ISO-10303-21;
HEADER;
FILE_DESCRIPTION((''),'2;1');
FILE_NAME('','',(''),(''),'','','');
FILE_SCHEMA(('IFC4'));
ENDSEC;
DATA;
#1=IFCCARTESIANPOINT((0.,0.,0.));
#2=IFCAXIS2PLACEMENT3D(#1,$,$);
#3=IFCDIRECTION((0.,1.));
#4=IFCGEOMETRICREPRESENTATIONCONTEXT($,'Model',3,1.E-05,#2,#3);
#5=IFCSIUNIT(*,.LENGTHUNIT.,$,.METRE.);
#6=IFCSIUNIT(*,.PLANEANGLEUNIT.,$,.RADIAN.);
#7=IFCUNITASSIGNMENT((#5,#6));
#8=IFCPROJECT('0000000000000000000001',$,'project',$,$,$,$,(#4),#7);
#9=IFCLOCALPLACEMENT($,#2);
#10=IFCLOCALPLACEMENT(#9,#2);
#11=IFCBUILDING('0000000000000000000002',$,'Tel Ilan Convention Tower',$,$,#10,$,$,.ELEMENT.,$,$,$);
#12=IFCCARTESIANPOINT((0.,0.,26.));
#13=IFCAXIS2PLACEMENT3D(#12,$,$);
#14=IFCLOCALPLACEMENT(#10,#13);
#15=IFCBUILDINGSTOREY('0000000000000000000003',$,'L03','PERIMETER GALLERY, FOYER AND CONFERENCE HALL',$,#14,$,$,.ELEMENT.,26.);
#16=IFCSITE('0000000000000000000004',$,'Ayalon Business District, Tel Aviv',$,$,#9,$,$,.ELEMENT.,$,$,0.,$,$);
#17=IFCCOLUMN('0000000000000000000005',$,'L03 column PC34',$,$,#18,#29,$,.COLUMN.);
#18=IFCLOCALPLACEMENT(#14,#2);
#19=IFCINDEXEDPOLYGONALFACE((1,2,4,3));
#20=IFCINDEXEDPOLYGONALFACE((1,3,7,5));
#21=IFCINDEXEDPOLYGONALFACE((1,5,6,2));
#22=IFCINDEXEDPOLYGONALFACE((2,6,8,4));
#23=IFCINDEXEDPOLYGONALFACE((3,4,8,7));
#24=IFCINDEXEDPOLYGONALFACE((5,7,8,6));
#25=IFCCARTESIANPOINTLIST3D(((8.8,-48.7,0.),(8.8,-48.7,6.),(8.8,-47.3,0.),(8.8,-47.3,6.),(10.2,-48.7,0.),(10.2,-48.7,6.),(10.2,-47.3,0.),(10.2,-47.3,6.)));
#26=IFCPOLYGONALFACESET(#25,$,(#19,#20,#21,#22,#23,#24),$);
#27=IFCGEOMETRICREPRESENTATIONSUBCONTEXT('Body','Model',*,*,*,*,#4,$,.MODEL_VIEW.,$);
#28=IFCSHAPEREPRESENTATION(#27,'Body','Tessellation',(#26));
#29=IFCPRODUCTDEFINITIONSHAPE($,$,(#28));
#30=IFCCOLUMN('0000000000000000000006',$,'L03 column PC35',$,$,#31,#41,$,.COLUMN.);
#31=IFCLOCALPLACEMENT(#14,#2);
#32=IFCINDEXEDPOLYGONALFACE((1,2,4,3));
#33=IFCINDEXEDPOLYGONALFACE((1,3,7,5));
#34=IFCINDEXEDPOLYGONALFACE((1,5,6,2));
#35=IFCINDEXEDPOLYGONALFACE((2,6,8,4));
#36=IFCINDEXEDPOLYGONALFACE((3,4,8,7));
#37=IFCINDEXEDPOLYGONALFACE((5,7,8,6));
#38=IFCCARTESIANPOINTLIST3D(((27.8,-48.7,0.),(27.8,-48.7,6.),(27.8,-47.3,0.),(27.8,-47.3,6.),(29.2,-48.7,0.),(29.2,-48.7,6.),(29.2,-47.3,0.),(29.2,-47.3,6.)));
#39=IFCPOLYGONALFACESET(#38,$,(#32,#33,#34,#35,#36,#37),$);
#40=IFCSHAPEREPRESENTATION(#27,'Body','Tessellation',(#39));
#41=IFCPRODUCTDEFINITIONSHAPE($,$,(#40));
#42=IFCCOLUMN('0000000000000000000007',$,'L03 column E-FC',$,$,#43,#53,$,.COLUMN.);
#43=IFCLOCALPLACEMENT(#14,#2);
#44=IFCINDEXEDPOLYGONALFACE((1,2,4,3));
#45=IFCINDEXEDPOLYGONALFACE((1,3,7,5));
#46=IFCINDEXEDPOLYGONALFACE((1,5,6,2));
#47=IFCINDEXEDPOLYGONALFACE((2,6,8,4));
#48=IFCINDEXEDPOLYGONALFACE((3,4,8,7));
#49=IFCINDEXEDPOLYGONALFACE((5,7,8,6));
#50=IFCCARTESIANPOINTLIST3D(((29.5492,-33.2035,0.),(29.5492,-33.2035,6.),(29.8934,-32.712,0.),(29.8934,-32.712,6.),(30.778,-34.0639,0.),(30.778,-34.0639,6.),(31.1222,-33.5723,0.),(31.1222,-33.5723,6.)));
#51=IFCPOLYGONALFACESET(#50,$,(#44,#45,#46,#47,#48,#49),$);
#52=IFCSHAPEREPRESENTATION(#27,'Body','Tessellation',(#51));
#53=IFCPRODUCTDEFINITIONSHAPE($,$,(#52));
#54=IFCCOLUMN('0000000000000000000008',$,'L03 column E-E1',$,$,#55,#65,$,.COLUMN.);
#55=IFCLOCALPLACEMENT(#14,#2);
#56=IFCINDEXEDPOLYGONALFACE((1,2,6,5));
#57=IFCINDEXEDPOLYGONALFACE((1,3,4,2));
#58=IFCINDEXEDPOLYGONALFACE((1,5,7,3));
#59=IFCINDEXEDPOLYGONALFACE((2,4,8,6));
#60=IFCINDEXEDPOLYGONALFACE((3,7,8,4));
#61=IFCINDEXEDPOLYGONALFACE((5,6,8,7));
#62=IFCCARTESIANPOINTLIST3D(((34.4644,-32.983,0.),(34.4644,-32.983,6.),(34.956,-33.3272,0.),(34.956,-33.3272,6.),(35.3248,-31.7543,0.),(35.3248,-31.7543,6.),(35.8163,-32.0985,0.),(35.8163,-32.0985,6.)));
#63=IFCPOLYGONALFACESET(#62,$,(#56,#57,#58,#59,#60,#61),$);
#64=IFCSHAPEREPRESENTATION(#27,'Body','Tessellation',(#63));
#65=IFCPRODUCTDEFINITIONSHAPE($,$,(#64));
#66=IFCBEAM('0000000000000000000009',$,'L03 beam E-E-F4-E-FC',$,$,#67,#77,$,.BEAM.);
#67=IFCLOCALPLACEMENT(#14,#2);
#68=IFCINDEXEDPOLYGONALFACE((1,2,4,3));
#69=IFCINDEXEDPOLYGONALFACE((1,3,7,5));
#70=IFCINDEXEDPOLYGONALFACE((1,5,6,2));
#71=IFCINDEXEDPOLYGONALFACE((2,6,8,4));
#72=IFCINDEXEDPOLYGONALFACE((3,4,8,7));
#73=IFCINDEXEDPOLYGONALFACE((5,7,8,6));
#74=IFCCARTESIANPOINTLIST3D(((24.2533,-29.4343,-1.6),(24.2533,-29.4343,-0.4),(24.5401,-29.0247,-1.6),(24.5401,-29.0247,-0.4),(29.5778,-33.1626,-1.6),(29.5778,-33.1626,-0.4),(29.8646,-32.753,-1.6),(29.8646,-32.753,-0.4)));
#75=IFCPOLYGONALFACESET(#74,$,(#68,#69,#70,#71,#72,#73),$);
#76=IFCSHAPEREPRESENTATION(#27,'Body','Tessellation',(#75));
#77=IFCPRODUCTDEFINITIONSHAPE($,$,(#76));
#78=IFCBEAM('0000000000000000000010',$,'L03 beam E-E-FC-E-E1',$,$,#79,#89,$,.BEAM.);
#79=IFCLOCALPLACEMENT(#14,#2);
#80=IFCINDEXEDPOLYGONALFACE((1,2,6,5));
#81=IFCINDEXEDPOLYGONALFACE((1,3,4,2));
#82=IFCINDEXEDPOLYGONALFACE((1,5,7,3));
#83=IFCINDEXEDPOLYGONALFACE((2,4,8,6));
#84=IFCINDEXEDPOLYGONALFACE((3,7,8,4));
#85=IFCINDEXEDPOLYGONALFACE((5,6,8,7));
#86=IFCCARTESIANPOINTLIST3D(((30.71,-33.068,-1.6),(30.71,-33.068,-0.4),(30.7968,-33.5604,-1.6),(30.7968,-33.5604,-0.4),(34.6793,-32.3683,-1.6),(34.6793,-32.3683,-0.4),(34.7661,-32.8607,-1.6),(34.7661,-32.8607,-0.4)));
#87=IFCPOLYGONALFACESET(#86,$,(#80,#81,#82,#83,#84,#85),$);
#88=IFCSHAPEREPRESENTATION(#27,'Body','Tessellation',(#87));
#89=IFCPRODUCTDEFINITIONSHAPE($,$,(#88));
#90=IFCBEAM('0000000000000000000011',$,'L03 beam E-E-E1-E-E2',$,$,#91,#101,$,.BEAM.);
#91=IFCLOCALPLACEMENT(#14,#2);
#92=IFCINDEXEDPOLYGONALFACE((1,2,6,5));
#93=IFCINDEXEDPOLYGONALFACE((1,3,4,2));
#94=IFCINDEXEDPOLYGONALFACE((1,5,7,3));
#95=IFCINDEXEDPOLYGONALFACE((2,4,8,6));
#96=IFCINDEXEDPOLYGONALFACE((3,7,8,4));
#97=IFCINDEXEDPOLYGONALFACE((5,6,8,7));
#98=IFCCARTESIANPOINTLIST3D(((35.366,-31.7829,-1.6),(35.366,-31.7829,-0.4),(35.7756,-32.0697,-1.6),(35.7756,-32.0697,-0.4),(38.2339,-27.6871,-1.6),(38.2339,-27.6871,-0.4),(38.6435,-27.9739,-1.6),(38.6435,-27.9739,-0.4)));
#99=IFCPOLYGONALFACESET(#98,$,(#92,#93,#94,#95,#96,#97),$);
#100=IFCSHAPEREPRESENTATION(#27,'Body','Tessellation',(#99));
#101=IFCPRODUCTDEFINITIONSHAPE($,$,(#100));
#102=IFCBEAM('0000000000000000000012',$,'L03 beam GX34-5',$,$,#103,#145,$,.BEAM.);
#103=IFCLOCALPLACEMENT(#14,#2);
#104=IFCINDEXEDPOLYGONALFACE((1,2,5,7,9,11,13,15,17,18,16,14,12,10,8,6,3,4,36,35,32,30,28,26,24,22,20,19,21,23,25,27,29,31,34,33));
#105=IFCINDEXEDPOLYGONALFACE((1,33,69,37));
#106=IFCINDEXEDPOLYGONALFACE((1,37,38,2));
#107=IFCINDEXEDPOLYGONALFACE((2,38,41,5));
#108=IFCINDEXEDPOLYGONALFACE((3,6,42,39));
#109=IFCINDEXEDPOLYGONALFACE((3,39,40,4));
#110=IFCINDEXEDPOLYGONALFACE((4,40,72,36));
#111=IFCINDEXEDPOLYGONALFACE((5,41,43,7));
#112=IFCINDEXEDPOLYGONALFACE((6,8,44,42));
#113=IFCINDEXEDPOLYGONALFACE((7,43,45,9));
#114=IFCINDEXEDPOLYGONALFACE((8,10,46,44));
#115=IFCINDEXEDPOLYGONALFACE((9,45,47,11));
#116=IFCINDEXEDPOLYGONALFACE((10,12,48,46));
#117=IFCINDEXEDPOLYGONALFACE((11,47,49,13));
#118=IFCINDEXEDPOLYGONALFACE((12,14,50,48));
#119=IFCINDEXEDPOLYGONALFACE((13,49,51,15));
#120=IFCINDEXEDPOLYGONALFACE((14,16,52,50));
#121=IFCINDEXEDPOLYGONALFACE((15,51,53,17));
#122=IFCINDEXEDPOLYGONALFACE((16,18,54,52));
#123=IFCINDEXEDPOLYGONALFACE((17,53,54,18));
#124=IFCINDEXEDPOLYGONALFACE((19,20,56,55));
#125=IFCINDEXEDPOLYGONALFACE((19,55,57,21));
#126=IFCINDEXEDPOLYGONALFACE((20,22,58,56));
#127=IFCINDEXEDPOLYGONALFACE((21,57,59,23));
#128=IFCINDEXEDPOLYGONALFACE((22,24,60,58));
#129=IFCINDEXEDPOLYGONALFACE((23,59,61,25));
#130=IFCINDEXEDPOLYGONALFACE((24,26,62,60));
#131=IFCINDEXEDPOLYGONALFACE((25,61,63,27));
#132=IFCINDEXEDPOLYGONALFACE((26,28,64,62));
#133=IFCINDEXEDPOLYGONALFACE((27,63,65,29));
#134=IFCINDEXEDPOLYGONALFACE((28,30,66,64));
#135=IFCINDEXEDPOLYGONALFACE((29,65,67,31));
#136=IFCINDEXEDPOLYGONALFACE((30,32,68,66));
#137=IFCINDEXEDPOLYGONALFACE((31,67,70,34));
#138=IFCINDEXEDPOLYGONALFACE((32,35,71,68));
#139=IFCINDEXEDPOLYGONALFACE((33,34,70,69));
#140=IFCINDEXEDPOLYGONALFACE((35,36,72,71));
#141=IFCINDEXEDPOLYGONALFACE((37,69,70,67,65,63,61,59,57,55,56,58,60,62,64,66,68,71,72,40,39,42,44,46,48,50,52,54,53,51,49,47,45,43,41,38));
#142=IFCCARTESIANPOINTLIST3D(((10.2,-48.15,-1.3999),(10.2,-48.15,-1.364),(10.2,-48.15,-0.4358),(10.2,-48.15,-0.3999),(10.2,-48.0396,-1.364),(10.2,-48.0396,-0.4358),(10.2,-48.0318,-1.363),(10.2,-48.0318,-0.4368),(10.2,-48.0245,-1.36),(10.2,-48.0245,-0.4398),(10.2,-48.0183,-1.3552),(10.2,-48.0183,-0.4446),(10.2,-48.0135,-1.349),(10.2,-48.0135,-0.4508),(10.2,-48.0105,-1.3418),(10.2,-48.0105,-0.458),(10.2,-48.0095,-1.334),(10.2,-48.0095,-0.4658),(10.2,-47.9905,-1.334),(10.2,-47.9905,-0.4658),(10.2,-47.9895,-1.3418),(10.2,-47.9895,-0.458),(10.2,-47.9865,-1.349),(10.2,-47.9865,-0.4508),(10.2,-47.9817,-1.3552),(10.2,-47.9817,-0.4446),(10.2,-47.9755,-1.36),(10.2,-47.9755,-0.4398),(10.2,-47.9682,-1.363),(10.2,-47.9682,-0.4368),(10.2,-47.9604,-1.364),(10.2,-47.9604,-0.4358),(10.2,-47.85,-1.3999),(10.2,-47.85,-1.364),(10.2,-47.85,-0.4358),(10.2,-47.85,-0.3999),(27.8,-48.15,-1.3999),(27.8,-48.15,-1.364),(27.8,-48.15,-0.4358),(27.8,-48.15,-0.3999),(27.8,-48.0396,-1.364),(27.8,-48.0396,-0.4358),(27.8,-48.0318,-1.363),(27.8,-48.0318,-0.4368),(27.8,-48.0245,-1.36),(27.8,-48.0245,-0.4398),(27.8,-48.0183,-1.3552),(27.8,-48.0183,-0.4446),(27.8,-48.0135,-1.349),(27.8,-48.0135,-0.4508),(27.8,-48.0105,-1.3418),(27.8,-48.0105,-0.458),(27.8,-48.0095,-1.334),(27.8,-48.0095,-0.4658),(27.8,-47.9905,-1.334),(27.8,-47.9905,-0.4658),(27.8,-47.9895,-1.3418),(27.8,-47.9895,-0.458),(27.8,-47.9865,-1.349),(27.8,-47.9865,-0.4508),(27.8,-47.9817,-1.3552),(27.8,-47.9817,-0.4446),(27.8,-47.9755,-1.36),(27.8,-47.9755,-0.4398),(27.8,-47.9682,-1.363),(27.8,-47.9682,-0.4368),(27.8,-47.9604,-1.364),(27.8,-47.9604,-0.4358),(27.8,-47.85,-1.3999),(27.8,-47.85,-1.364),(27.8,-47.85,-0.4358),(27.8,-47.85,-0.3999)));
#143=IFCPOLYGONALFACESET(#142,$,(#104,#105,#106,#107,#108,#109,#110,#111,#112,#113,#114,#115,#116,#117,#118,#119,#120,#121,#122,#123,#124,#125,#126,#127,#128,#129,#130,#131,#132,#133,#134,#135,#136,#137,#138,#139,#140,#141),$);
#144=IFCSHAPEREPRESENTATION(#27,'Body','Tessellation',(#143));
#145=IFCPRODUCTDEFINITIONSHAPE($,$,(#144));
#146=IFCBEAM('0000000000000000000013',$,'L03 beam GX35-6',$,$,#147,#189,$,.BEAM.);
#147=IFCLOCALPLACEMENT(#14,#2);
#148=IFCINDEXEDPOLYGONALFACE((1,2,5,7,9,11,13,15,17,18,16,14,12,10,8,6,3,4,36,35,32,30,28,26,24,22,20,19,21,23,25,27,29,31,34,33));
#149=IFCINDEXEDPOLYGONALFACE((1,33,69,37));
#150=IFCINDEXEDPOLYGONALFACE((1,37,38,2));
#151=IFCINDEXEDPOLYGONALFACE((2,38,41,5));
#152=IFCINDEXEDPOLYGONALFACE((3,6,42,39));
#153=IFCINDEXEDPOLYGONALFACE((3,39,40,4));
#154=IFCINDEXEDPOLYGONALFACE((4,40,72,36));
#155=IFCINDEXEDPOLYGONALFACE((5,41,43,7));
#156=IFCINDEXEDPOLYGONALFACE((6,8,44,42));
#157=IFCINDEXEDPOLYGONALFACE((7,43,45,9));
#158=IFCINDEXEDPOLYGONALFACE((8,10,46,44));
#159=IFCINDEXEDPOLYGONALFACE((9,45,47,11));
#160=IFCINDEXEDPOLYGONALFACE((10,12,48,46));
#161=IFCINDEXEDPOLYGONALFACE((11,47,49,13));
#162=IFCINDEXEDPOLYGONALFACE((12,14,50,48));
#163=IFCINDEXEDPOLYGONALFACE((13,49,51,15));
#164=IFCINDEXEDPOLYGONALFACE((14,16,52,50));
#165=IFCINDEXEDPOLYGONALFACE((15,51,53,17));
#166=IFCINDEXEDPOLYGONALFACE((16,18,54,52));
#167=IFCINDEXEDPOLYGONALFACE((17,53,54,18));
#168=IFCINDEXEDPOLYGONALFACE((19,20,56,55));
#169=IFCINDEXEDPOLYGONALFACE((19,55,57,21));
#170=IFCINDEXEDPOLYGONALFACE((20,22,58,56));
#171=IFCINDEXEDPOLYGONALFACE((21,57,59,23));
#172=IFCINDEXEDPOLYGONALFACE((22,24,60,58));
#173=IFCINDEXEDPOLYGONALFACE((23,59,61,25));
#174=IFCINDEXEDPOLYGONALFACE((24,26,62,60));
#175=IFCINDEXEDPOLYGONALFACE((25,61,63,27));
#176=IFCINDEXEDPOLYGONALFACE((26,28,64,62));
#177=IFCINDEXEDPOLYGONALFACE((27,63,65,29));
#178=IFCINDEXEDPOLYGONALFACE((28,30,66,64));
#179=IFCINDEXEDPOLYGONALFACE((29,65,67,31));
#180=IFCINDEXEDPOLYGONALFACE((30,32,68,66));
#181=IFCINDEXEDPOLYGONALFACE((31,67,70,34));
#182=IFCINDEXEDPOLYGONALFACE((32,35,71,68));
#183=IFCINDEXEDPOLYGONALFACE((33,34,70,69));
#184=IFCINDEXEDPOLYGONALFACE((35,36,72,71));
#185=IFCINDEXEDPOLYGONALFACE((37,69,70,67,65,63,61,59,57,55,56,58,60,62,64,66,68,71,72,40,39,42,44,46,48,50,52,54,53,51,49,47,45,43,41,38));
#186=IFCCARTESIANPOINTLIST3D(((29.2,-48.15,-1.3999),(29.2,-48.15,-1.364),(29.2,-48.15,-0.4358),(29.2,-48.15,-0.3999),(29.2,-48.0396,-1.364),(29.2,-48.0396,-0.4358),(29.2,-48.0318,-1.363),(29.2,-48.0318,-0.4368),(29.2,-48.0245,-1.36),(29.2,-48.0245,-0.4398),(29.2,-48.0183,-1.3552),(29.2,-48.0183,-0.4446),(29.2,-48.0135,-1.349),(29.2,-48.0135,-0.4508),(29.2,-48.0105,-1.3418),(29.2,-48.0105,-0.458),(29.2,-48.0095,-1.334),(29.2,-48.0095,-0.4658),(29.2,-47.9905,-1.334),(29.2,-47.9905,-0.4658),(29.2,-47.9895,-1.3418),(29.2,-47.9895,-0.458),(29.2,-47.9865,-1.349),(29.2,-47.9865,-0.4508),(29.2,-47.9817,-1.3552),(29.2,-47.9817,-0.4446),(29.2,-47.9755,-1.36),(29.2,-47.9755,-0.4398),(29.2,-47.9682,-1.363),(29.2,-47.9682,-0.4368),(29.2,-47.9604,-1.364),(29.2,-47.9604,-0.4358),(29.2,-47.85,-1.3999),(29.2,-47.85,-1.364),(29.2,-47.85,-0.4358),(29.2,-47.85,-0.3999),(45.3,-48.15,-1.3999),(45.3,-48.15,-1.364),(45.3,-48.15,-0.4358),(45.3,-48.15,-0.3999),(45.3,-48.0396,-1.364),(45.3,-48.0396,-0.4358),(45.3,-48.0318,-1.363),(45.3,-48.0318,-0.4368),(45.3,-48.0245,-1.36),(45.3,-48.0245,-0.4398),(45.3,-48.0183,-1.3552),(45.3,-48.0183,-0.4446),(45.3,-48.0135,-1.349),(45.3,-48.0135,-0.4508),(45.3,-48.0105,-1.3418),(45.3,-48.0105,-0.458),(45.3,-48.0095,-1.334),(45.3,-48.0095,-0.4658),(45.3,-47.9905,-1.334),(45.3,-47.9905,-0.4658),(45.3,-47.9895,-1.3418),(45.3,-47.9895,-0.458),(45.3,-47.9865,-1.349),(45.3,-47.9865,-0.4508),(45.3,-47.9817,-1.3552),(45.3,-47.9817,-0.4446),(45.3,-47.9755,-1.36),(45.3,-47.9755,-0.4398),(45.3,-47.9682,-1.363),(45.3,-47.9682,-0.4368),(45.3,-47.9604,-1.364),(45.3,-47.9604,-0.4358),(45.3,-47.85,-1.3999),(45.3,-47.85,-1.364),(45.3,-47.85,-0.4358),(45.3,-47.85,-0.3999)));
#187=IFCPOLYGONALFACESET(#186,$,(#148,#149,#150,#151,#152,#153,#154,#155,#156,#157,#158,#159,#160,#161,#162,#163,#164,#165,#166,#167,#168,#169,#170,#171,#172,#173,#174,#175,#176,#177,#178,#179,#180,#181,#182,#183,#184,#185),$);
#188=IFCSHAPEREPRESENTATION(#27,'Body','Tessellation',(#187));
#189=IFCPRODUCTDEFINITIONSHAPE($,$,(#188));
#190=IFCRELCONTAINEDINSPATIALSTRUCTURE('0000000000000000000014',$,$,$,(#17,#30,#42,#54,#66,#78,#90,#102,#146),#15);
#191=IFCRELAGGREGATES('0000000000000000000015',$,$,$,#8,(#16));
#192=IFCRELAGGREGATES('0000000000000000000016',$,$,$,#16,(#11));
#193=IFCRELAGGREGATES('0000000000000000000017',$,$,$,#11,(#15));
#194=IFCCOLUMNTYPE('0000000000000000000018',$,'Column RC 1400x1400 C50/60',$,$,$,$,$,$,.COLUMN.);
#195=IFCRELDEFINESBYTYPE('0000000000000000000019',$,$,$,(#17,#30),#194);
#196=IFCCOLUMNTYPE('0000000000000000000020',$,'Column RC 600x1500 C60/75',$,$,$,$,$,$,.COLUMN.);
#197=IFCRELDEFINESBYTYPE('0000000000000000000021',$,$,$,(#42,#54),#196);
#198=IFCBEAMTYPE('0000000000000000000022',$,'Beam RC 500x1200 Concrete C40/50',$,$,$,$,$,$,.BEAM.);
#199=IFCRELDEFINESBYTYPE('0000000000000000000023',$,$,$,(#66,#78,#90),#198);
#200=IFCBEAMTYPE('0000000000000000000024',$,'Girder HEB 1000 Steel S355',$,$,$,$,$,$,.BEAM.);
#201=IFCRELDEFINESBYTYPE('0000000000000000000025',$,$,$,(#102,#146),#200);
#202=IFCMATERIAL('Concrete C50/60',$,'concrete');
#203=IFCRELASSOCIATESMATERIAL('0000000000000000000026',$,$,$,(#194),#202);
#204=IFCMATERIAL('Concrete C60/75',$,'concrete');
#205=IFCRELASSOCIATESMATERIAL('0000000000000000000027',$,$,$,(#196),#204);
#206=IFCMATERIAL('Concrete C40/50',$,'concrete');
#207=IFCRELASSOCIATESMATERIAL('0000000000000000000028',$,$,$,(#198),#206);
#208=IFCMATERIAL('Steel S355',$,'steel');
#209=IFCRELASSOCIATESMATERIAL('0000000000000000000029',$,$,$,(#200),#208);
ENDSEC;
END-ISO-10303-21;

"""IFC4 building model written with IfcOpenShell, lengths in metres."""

from ifc_helpers import new_model, si_unit, direction, frame, origin, origin_2d, place, context, subcontext, project, spatial, rectangle, i_section, extrude, material, material_profile, profile_set, type_object, element, save


model = new_model("IFC4")

# Units and contexts
model_context = context("Model", 3, precision=1e-05, world=origin(), true_north=direction((0.0, 1.0)))
body_context = subcontext(model_context, "Body", "Model", "MODEL_VIEW")
ifc_project = project(units=[si_unit("LENGTHUNIT", "METRE"), si_unit("PLANEANGLEUNIT", "RADIAN")], contexts=[model_context])

# Site, building, storey
site_placement = place(None, origin())
site = spatial("IfcSite", under=ifc_project, at=site_placement, Name="Ayalon Business District, Tel Aviv", CompositionType="ELEMENT", RefElevation=0.0)
building_placement = place(site_placement, origin())
building = spatial("IfcBuilding", under=site, at=building_placement, Name="Tel Ilan Convention Tower", CompositionType="ELEMENT")
storey_placement = place(building_placement, frame((0.0, 0.0, 26.0)))
storey = spatial("IfcBuildingStorey", under=building, at=storey_placement, Name="L03", Description="PERIMETER GALLERY, FOYER AND CONFERENCE HALL", CompositionType="ELEMENT", Elevation=26.0)

# Columns
ifc_material_1 = material(Name="Concrete C50/60", Category="concrete")
ifc_material_profile_1 = material_profile(ifc_material_1, rectangle(XDim=1.3999, YDim=1.3999, at=origin_2d()), Name="RC 1400x1400")
ifc_profile_set_1 = profile_set([ifc_material_profile_1], Name="Concrete C50/60")
column_type_1 = type_object("IfcColumnType", Name="Column RC 1400x1400 C50/60", PredefinedType="COLUMN", material=ifc_profile_set_1)
for number, where, z_axis, x_axis, name in (
    (1, (9.5, -48.0, 0.0), (0.0, 0.0, 1.0), (1.0, 0.0, 0.0), "L03 column PC34"),
    (2, (28.5, -48.0, 0.0), (0.0, 0.0, 1.0), (1.0, 0.0, 0.0), "L03 column PC35"),
):
    element("IfcColumn", number, at=place(storey_placement, frame(where, z_axis=z_axis, x_axis=x_axis)), inside=storey, type_object=column_type_1, Name=name, PredefinedType="COLUMN", context=body_context, shape_type="SweptSolid", body=[
        extrude(rectangle(XDim=1.3999, YDim=1.3999, at=origin_2d()), origin(), (0.0, 0.0, 1.0), 6.0),
    ])
ifc_material_2 = material(Name="Concrete C60/75", Category="concrete")
ifc_material_profile_2 = material_profile(ifc_material_2, rectangle(XDim=1.5, YDim=0.6001, at=origin_2d()), Name="RC 600x1500")
ifc_profile_set_2 = profile_set([ifc_material_profile_2], Name="Concrete C60/75")
column_type_2 = type_object("IfcColumnType", Name="Column RC 600x1500 C60/75", PredefinedType="COLUMN", material=ifc_profile_set_2)
for number, where, z_axis, x_axis, name in (
    (3, (30.3357, -33.3879, 0.0), (0.0, 0.0, 1.0), (0.819152, -0.573576, 0.0), "L03 column E-FC"),
    (4, (35.1404, -32.5408, 0.0), (0.0, 0.0, 1.0), (0.573576, 0.819152, 0.0), "L03 column E-E1"),
):
    element("IfcColumn", number, at=place(storey_placement, frame(where, z_axis=z_axis, x_axis=x_axis)), inside=storey, type_object=column_type_2, Name=name, PredefinedType="COLUMN", context=body_context, shape_type="SweptSolid", body=[
        extrude(rectangle(XDim=1.5, YDim=0.6001, at=origin_2d()), origin(), (0.0, 0.0, 1.0), 6.0),
    ])

# Beams
ifc_material_3 = material(Name="Concrete C40/50", Category="concrete")
ifc_material_profile_3 = material_profile(ifc_material_3, rectangle(XDim=0.5, YDim=1.2, at=origin_2d()), Name="RC 500x1200")
ifc_profile_set_3 = profile_set([ifc_material_profile_3], Name="Concrete C40/50")
beam_type_1 = type_object("IfcBeamType", Name="Beam RC 500x1200 Concrete C40/50", PredefinedType="BEAM", material=ifc_profile_set_3)
beam_1_placement = place(storey_placement, frame((24.3967, -29.2295, -1.0), z_axis=(0.819149, -0.573581, 0.0), x_axis=(0.573581, 0.819149, 0.0)))
element("IfcBeam", 5, at=beam_1_placement, inside=storey, type_object=beam_type_1, Name="L03 beam E-E-F4-E-FC", PredefinedType="BEAM", context=body_context, shape_type="SweptSolid", body=[
    extrude(rectangle(XDim=0.5, YDim=1.2, at=origin_2d()), origin(), (0.0, 0.0, 1.0), 6.5),
])
beam_2_placement = place(storey_placement, frame((30.7534, -33.3142, -1.0), z_axis=(0.984815, 0.173606, 0.0), x_axis=(-0.173606, 0.984815, 0.0)))
element("IfcBeam", 6, at=beam_2_placement, inside=storey, type_object=beam_type_1, Name="L03 beam E-E-FC-E-E1", PredefinedType="BEAM", context=body_context, shape_type="SweptSolid", body=[
    extrude(rectangle(XDim=0.5, YDim=1.2, at=origin_2d()), origin(), (0.0, 0.0, 1.0), 4.0305),
])
beam_3_placement = place(storey_placement, frame((35.5708, -31.9263, -1.0), z_axis=(0.573587, 0.819145, 0.0), x_axis=(-0.819145, 0.573587, 0.0)))
element("IfcBeam", 7, at=beam_3_placement, inside=storey, type_object=beam_type_1, Name="L03 beam E-E-E1-E-E2", PredefinedType="BEAM", context=body_context, shape_type="SweptSolid", body=[
    extrude(rectangle(XDim=0.5, YDim=1.2, at=origin_2d()), origin(), (0.0, 0.0, 1.0), 5.0),
])
ifc_material_4 = material(Name="Steel S355", Category="steel")
ifc_material_profile_4 = material_profile(ifc_material_4, i_section(OverallWidth=0.3, OverallDepth=1.0, WebThickness=0.019, FlangeThickness=0.0359, FilletRadius=0.03, at=origin_2d()), Name="HEB 1000")
ifc_profile_set_4 = profile_set([ifc_material_profile_4], Name="Steel S355")
beam_type_2 = type_object("IfcBeamType", Name="Girder HEB 1000 Steel S355", PredefinedType="BEAM", material=ifc_profile_set_4)
beam_4_placement = place(storey_placement, frame((10.2, -48.0, -0.8999), z_axis=(1.0, 0.0, 0.0), x_axis=(0.0, 1.0, 0.0)))
element("IfcBeam", 8, at=beam_4_placement, inside=storey, type_object=beam_type_2, Name="L03 beam GX34-5", PredefinedType="BEAM", context=body_context, shape_type="SweptSolid", body=[
    extrude(i_section(OverallWidth=0.3, OverallDepth=1.0, WebThickness=0.019, FlangeThickness=0.0359, FilletRadius=0.03, at=origin_2d()), origin(), (0.0, 0.0, 1.0), 17.6001),
])
beam_5_placement = place(storey_placement, frame((29.2, -48.0, -0.8999), z_axis=(1.0, 0.0, 0.0), x_axis=(0.0, 1.0, 0.0)))
element("IfcBeam", 9, at=beam_5_placement, inside=storey, type_object=beam_type_2, Name="L03 beam GX35-6", PredefinedType="BEAM", context=body_context, shape_type="SweptSolid", body=[
    extrude(i_section(OverallWidth=0.3, OverallDepth=1.0, WebThickness=0.019, FlangeThickness=0.0359, FilletRadius=0.03, at=origin_2d()), origin(), (0.0, 0.0, 1.0), 16.1001),
])

save(model, "model.ifc")
